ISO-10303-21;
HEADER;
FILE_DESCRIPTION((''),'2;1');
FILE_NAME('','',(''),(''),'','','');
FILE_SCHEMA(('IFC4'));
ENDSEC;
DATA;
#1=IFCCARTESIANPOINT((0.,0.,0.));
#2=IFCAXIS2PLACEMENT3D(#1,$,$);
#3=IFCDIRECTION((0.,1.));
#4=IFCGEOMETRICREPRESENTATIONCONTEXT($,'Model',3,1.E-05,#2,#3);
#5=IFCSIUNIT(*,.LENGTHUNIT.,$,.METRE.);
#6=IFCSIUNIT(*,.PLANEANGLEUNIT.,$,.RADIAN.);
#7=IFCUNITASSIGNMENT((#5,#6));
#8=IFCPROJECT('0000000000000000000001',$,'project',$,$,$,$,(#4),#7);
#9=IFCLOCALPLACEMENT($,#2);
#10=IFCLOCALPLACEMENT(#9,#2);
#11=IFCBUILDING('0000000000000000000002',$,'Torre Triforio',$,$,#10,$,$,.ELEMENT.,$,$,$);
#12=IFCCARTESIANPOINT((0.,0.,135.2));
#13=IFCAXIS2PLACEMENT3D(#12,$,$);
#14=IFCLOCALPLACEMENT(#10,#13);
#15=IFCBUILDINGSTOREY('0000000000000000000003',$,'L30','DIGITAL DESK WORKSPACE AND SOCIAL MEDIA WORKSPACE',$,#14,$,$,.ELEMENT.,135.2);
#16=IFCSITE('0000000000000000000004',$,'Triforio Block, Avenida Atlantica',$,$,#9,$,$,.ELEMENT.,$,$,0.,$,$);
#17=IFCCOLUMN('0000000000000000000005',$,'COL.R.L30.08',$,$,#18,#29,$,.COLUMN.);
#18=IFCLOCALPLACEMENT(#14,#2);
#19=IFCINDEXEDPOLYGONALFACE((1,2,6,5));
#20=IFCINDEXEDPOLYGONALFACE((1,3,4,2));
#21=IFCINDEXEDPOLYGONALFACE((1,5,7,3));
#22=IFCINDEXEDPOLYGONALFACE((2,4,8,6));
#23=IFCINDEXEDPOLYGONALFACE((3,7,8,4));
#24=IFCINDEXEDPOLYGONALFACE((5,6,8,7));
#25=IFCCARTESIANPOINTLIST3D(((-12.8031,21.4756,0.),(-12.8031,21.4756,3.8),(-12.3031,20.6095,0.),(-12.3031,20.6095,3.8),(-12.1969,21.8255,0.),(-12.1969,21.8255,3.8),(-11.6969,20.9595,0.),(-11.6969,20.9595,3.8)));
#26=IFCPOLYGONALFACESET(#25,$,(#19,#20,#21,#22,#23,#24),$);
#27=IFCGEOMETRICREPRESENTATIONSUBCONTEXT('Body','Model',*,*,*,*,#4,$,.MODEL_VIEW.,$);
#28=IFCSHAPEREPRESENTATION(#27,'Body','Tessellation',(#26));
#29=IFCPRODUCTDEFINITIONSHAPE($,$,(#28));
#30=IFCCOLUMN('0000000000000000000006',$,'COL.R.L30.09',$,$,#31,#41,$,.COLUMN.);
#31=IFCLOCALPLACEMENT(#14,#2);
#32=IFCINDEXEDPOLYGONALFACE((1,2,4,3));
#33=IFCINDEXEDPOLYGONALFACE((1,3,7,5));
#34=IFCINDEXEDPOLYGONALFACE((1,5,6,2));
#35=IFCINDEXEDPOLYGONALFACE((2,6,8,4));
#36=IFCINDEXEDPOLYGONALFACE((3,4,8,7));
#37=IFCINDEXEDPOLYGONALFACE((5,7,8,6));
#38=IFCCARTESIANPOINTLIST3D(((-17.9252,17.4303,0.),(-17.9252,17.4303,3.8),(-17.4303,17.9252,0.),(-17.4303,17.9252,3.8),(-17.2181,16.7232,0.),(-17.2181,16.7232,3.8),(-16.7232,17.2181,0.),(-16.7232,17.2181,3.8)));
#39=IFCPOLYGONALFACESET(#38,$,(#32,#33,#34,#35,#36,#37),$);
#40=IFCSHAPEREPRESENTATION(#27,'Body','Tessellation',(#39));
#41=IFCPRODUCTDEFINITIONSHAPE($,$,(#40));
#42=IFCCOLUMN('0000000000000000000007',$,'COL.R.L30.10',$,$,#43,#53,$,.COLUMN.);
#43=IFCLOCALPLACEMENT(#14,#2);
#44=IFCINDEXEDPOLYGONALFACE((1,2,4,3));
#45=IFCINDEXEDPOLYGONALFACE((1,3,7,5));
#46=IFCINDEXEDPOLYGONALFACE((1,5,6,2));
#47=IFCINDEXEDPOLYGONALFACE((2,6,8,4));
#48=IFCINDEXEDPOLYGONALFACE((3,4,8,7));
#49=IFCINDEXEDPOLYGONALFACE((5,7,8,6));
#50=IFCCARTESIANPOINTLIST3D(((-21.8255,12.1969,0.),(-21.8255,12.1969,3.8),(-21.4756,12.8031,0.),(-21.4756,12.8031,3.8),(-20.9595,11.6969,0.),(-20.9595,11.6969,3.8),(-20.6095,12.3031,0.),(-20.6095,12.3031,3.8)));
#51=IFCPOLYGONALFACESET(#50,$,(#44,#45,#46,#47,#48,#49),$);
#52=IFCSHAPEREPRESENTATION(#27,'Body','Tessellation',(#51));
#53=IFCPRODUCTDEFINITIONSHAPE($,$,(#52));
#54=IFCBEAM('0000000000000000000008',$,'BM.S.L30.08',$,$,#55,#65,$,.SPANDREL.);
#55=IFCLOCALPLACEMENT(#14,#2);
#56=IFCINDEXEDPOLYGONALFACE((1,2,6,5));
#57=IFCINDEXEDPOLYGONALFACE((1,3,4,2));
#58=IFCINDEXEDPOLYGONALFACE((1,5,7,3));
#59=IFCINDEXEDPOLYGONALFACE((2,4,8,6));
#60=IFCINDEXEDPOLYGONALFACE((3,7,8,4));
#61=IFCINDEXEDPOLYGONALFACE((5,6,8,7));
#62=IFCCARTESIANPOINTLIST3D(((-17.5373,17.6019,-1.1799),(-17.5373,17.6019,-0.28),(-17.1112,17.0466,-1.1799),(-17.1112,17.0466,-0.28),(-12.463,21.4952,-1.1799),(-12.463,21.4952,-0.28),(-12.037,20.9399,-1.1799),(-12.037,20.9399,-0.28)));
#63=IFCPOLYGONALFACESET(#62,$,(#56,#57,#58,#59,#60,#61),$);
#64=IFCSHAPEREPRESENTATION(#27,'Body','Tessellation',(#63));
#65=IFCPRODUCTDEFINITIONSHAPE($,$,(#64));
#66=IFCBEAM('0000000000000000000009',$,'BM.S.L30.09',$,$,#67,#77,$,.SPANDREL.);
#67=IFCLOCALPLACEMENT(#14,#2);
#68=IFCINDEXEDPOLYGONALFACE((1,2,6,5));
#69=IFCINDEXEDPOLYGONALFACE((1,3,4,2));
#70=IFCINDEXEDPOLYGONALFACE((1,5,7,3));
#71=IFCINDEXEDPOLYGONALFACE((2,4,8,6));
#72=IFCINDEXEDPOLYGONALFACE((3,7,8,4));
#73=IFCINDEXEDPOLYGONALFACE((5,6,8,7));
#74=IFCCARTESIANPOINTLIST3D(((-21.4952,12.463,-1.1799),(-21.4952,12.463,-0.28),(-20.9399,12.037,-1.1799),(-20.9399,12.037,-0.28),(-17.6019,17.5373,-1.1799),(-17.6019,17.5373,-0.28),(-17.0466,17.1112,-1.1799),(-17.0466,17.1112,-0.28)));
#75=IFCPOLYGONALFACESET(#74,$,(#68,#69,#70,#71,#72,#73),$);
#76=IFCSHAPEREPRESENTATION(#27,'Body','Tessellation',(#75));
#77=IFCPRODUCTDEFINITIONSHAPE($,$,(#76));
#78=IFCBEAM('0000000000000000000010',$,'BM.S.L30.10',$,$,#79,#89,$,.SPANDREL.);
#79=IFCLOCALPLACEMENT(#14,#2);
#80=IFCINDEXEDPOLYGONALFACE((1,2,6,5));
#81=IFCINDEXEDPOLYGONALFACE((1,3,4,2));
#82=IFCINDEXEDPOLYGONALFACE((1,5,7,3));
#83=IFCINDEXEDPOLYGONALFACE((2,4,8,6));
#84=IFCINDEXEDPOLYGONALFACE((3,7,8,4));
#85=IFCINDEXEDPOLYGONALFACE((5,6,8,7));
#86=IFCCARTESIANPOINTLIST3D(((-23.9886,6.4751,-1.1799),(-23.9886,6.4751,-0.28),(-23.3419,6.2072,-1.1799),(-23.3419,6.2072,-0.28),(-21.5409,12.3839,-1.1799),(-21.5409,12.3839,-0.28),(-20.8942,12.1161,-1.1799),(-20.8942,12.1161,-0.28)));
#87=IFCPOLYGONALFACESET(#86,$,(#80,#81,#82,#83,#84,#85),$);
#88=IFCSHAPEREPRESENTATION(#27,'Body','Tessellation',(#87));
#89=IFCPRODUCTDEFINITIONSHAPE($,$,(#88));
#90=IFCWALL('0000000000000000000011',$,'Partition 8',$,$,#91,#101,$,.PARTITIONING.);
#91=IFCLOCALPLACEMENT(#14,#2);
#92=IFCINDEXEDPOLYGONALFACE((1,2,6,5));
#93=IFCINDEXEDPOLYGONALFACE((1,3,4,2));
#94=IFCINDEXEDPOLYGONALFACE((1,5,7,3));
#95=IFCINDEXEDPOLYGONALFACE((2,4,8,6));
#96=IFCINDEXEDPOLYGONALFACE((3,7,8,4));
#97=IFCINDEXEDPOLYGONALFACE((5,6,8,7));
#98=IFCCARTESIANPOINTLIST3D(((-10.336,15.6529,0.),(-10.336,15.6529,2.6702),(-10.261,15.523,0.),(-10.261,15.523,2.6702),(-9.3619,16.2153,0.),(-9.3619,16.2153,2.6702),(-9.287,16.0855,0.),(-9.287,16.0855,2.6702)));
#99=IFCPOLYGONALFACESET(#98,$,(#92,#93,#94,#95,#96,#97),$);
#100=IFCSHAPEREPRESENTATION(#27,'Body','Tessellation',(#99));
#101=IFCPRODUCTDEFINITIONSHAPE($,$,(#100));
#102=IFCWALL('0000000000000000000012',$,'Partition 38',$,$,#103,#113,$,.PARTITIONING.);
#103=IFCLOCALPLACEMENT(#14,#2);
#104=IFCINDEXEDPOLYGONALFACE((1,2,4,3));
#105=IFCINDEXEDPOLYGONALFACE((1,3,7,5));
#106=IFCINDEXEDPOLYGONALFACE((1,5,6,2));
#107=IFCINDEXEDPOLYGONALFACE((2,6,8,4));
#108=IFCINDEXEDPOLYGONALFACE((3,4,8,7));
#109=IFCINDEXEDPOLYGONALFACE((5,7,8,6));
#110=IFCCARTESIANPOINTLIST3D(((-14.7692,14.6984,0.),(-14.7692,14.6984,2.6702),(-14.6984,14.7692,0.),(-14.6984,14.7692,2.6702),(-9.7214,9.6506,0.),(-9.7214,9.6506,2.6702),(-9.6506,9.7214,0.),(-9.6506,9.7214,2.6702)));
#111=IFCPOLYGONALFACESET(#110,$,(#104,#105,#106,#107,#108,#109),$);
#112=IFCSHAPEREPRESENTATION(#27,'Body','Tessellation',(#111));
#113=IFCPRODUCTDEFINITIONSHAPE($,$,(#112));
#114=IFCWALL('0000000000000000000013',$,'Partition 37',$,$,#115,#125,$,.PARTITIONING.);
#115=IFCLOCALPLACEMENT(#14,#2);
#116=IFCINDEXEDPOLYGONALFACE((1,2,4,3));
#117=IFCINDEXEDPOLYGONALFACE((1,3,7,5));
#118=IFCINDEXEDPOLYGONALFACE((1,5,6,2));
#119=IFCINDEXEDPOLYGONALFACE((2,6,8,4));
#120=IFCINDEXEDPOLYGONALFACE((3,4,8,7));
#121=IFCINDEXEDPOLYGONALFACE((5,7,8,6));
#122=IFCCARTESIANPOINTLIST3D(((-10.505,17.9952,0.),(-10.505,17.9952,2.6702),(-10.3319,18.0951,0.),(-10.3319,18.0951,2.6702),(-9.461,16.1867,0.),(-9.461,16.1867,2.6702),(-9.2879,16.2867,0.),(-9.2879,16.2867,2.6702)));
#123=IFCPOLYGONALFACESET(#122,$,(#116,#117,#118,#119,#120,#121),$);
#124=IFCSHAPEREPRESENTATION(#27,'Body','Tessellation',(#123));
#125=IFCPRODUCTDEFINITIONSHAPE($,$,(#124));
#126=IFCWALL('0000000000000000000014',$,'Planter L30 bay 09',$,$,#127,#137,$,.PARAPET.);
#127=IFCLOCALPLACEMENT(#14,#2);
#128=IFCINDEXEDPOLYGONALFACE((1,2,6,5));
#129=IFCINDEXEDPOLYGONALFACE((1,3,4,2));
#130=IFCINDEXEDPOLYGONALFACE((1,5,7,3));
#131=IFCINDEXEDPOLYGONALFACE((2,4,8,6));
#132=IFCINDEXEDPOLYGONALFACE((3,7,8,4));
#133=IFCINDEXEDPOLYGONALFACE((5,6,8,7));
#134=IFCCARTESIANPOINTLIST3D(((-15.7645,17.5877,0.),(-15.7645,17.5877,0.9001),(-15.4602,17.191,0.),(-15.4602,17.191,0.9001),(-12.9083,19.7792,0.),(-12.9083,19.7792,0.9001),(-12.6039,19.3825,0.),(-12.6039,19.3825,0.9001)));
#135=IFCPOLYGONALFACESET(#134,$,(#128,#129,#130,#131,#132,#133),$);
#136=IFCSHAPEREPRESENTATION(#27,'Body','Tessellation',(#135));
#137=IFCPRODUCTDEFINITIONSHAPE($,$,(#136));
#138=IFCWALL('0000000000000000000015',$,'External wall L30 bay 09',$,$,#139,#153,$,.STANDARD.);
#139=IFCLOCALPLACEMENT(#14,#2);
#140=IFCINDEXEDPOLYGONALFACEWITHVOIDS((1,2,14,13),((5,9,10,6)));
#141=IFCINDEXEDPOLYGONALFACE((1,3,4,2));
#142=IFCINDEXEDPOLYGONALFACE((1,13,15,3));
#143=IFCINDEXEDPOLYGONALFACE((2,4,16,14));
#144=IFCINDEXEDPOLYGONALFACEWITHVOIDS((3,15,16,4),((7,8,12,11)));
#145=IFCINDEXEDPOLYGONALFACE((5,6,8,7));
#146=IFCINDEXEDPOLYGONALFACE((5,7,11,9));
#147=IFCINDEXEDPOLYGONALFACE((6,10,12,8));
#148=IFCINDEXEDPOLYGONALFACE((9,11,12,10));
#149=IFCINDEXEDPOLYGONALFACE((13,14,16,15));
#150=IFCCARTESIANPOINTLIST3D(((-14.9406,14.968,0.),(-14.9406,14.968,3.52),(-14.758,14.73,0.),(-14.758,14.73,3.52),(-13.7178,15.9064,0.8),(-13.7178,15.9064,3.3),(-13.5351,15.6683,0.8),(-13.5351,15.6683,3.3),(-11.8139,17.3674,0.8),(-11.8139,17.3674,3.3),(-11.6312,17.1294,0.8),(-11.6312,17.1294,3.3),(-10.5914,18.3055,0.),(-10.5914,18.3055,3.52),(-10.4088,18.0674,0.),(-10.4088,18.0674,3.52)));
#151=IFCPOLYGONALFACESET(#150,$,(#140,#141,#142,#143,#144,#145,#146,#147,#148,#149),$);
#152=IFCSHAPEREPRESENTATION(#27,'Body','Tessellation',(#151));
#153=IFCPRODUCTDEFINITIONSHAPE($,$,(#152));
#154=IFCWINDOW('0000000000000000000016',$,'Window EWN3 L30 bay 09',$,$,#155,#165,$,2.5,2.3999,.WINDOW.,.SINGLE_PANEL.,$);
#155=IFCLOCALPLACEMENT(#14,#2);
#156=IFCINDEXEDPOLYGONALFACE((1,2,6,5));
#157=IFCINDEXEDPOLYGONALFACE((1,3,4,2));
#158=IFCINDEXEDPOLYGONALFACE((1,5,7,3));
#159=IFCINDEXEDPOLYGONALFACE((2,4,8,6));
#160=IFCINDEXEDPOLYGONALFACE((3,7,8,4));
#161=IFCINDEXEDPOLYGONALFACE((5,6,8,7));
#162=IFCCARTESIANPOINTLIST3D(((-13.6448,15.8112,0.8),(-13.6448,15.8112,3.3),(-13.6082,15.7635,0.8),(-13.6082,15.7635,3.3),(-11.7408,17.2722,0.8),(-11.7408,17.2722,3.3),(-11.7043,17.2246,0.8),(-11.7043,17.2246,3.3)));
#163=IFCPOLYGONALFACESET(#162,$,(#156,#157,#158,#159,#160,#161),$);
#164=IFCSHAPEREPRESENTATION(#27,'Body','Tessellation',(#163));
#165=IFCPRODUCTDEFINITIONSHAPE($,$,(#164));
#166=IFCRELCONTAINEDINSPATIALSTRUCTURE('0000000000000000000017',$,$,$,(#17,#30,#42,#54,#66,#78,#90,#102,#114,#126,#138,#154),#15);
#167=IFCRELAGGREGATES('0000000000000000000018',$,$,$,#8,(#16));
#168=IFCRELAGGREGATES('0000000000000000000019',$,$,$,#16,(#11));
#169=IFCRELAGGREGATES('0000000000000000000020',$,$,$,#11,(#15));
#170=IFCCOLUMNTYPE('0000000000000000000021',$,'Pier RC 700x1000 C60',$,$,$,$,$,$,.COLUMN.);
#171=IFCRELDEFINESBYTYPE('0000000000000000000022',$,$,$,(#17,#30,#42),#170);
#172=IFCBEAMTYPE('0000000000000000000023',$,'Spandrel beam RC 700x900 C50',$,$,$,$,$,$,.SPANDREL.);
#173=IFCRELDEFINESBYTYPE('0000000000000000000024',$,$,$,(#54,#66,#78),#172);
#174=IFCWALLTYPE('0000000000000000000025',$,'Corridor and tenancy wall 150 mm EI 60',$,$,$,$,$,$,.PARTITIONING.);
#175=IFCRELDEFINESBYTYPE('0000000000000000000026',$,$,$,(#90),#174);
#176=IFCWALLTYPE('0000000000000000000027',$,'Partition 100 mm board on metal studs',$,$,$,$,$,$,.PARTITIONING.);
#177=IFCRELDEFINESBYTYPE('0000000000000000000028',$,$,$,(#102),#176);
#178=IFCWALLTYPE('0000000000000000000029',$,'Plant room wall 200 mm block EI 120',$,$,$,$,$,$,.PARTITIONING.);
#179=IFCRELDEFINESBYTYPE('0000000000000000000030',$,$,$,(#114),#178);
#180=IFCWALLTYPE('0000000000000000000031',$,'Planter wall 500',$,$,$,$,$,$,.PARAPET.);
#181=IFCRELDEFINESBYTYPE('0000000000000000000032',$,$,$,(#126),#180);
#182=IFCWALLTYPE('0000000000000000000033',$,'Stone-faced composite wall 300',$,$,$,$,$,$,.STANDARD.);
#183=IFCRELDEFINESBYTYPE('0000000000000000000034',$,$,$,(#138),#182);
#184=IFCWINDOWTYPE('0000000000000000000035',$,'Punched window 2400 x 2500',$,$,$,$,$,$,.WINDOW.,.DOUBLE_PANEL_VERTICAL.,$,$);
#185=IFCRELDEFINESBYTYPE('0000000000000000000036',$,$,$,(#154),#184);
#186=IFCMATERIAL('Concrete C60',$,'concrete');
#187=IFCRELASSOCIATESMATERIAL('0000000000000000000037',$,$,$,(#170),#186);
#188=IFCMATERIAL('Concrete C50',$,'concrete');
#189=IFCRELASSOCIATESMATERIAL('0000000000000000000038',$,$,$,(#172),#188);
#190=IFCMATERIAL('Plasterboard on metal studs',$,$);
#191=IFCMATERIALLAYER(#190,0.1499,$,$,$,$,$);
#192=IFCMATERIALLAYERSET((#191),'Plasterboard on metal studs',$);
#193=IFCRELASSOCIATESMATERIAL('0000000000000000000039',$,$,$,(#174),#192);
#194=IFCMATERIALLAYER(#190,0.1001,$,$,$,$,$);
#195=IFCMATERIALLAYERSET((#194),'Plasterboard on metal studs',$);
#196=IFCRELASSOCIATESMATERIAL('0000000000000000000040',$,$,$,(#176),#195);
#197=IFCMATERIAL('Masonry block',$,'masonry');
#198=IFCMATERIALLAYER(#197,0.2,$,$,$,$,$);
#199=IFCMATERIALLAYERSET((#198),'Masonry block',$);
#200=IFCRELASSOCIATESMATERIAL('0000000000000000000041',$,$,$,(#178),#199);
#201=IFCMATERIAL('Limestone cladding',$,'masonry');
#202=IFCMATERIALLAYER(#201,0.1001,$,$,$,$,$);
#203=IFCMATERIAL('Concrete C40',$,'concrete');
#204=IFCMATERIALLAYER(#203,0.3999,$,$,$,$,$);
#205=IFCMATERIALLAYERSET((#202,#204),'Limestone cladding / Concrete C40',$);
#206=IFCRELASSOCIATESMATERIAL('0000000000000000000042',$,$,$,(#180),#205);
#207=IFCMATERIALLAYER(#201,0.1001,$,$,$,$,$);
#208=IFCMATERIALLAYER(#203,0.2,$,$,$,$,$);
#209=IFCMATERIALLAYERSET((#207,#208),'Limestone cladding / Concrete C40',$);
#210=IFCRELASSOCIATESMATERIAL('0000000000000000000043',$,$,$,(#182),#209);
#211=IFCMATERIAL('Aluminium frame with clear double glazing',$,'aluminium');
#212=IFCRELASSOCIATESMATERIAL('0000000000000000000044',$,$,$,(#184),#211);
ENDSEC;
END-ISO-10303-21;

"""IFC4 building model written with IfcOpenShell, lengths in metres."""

from ifc_helpers import new_model, si_unit, direction, frame, frame_2d, origin, origin_2d, place, context, subcontext, project, spatial, rectangle, extrude, material, layer, layer_set, material_profile, profile_set, type_object, element, fill, save


model = new_model("IFC4")

# Units and contexts
model_context = context("Model", 3, precision=1e-05, world=origin(), true_north=direction((0.0, 1.0)))
body_context = subcontext(model_context, "Body", "Model", "MODEL_VIEW")
ifc_project = project(units=[si_unit("LENGTHUNIT", "METRE"), si_unit("PLANEANGLEUNIT", "RADIAN")], contexts=[model_context])

# Site, building, storey
site_placement = place(None, origin())
site = spatial("IfcSite", under=ifc_project, at=site_placement, Name="Triforio Block, Avenida Atlantica", CompositionType="ELEMENT", RefElevation=0.0)
building_placement = place(site_placement, origin())
building = spatial("IfcBuilding", under=site, at=building_placement, Name="Torre Triforio", CompositionType="ELEMENT")
storey_placement = place(building_placement, frame((0.0, 0.0, 135.2)))
storey = spatial("IfcBuildingStorey", under=building, at=storey_placement, Name="L30", Description="DIGITAL DESK WORKSPACE AND SOCIAL MEDIA WORKSPACE", CompositionType="ELEMENT", Elevation=135.2)

# Columns
ifc_material_1 = material(Name="Concrete C60", Category="concrete")
ifc_material_profile_1 = material_profile(ifc_material_1, rectangle(XDim=0.7, YDim=1.0, at=origin_2d()), Name="RC 700x1000")
ifc_profile_set_1 = profile_set([ifc_material_profile_1], Name="Concrete C60")
column_type = type_object("IfcColumnType", Name="Pier RC 700x1000 C60", PredefinedType="COLUMN", material=ifc_profile_set_1)
for number, where, z_axis, x_axis, name in (
    (1, (-12.25, 21.2175, 0.0), (0.0, 0.0, 1.0), (-0.866025, -0.5, 0.0), "COL.R.L30.08"),
    (2, (-17.3242, 17.3242, 0.0), (0.0, 0.0, 1.0), (-0.707107, -0.707107, 0.0), "COL.R.L30.09"),
    (3, (-21.2175, 12.25, 0.0), (0.0, 0.0, 1.0), (-0.5, -0.866025, 0.0), "COL.R.L30.10"),
):
    element("IfcColumn", number, at=place(storey_placement, frame(where, z_axis=z_axis, x_axis=x_axis)), inside=storey, type_object=column_type, Name=name, PredefinedType="COLUMN", context=body_context, shape_type="SweptSolid", body=[
        extrude(rectangle(XDim=0.7, YDim=1.0, at=origin_2d()), origin(), (0.0, 0.0, 1.0), 3.8),
    ])

# Beams
ifc_material_2 = material(Name="Concrete C50", Category="concrete")
ifc_material_profile_2 = material_profile(ifc_material_2, rectangle(XDim=0.7, YDim=0.8999, at=origin_2d()), Name="RC 700x900")
ifc_profile_set_2 = profile_set([ifc_material_profile_2], Name="Concrete C50")
beam_type = type_object("IfcBeamType", Name="Spandrel beam RC 700x900 C50", PredefinedType="SPANDREL", material=ifc_profile_set_2)
for number, where, z_axis, x_axis, name in (
    (4, (-12.25, 21.2175, -0.73), (-0.793374, -0.608734, 0.0), (0.608734, -0.793374, 0.0), "BM.S.L30.08"),
    (5, (-17.3242, 17.3242, -0.73), (-0.608734, -0.793374, 0.0), (0.793374, -0.608734, 0.0), "BM.S.L30.09"),
    (6, (-21.2175, 12.25, -0.73), (-0.382709, -0.923869, 0.0), (0.923869, -0.382709, 0.0), "BM.S.L30.10"),
):
    element("IfcBeam", number, at=place(storey_placement, frame(where, z_axis=z_axis, x_axis=x_axis)), inside=storey, type_object=beam_type, Name=name, PredefinedType="SPANDREL", context=body_context, shape_type="SweptSolid", body=[
        extrude(rectangle(XDim=0.7, YDim=0.8999, at=origin_2d()), origin(), (0.0, 0.0, 1.0), 6.3958),
    ])

# Walls
ifc_material_3 = material(Name="Plasterboard on metal studs")
ifc_layer_1 = layer(ifc_material_3, 0.1499)
ifc_layer_set_1 = layer_set([ifc_layer_1], Name="Plasterboard on metal studs")
wall_type_1 = type_object("IfcWallType", Name="Corridor and tenancy wall 150 mm EI 60", PredefinedType="PARTITIONING", material=ifc_layer_set_1)
wall_1_placement = place(storey_placement, frame((-10.2986, 15.5879, 0.0), z_axis=(0.0, 0.0, 1.0), x_axis=(0.86599, 0.500061, 0.0)))
element("IfcWall", 7, at=wall_1_placement, inside=storey, type_object=wall_type_1, Name="Partition 8", PredefinedType="PARTITIONING", context=body_context, shape_type="SweptSolid", body=[
    extrude(rectangle(XDim=1.1248, YDim=0.1499, at=frame_2d((0.5625, 0.0))), origin(), (0.0, 0.0, 1.0), 2.6702),
])
ifc_layer_2 = layer(ifc_material_3, 0.1001)
ifc_layer_set_2 = layer_set([ifc_layer_2], Name="Plasterboard on metal studs")
wall_type_2 = type_object("IfcWallType", Name="Partition 100 mm board on metal studs", PredefinedType="PARTITIONING", material=ifc_layer_set_2)
wall_2_placement = place(storey_placement, frame((-9.686, 9.686, 0.0), z_axis=(0.0, 0.0, 1.0), x_axis=(-0.707107, 0.707107, 0.0)))
element("IfcWall", 8, at=wall_2_placement, inside=storey, type_object=wall_type_2, Name="Partition 38", PredefinedType="PARTITIONING", context=body_context, shape_type="SweptSolid", body=[
    extrude(rectangle(XDim=7.1387, YDim=0.1001, at=frame_2d((3.5693, 0.0))), origin(), (0.0, 0.0, 1.0), 2.6702),
])
ifc_material_4 = material(Name="Masonry block", Category="masonry")
ifc_layer_3 = layer(ifc_material_4, 0.2)
ifc_layer_set_3 = layer_set([ifc_layer_3], Name="Masonry block")
wall_type_3 = type_object("IfcWallType", Name="Plant room wall 200 mm block EI 120", PredefinedType="PARTITIONING", material=ifc_layer_set_3)
wall_3_placement = place(storey_placement, frame((-9.3745, 16.2368, 0.0), z_axis=(0.0, 0.0, 1.0), x_axis=(-0.499962, 0.866047, 0.0)))
element("IfcWall", 9, at=wall_3_placement, inside=storey, type_object=wall_type_3, Name="Partition 37", PredefinedType="PARTITIONING", context=body_context, shape_type="SweptSolid", body=[
    extrude(rectangle(XDim=2.0881, YDim=0.2, at=frame_2d((1.0439, 0.0))), origin(), (0.0, 0.0, 1.0), 2.6702),
])
ifc_material_5 = material(Name="Limestone cladding", Category="masonry")
ifc_layer_4 = layer(ifc_material_5, 0.1001)
ifc_material_6 = material(Name="Concrete C40", Category="concrete")
ifc_layer_5 = layer(ifc_material_6, 0.3999)
ifc_layer_set_4 = layer_set([ifc_layer_4, ifc_layer_5], Name="Limestone cladding / Concrete C40")
wall_type_4 = type_object("IfcWallType", Name="Planter wall 500", PredefinedType="PARAPET", material=ifc_layer_set_4)
wall_4_placement = place(storey_placement, frame((-12.7561, 19.5808, 0.0), z_axis=(0.0, 0.0, 1.0), x_axis=(-0.793385, -0.608721, 0.0)))
element("IfcWall", 10, at=wall_4_placement, inside=storey, type_object=wall_type_4, Name="Planter L30 bay 09", PredefinedType="PARAPET", context=body_context, shape_type="SweptSolid", body=[
    extrude(rectangle(XDim=3.6001, YDim=0.5, at=frame_2d((1.8, 0.0))), origin(), (0.0, 0.0, 1.0), 0.9001),
])

# Wall, opening, window
ifc_layer_6 = layer(ifc_material_5, 0.1001)
ifc_layer_7 = layer(ifc_material_6, 0.2)
ifc_layer_set_5 = layer_set([ifc_layer_6, ifc_layer_7], Name="Limestone cladding / Concrete C40")
wall_type_5 = type_object("IfcWallType", Name="Stone-faced composite wall 300", PredefinedType="STANDARD", material=ifc_layer_set_5)
wall_5_placement = place(storey_placement, frame((-10.5, 18.1865, 0.0), z_axis=(0.0, 0.0, 1.0), x_axis=(-0.793335, -0.608785, 0.0)))
wall_5 = element("IfcWall", 11, at=wall_5_placement, inside=storey, type_object=wall_type_5, Name="External wall L30 bay 09", PredefinedType="STANDARD", context=body_context, shape_type="SweptSolid", body=[
    extrude(rectangle(XDim=5.4822, YDim=0.3, at=frame_2d((2.7412, 0.0))), origin(), (0.0, 0.0, 1.0), 3.52),
])
opening_1_placement = place(wall_5_placement, frame((1.541, 0.0, 0.8)))
opening_1 = element("IfcOpeningElement", 12, at=opening_1_placement, cuts=wall_5, PredefinedType="OPENING", context=body_context, shape_type="SweptSolid", body=[
    extrude(rectangle(XDim=2.3999, YDim=2.5, at=frame_2d((1.2, 1.25))), frame((0.0, 0.1599, 0.0), z_axis=(0.0, -1.0, 0.0), x_axis=(1.0, 0.0, 0.0)), (0.0, 0.0, 1.0), 0.3201),
])
ifc_material_7 = material(Name="Aluminium frame with clear double glazing", Category="aluminium")
window_type_1 = type_object("IfcWindowType", Name="Punched window 2400 x 2500", PartitioningType="DOUBLE_PANEL_VERTICAL", PredefinedType="WINDOW", material=ifc_material_7)
window_1_placement = place(opening_1_placement, origin())
window_1 = element("IfcWindow", 13, at=window_1_placement, inside=storey, type_object=window_type_1, Name="Window EWN3 L30 bay 09", OverallHeight=2.5, OverallWidth=2.3999, PartitioningType="SINGLE_PANEL", PredefinedType="WINDOW", context=body_context, shape_type="SweptSolid", body=[
    extrude(rectangle(XDim=2.3999, YDim=2.5, at=frame_2d((1.2, 1.25))), frame((0.0, 0.03, 0.0), z_axis=(0.0, -1.0, 0.0), x_axis=(1.0, 0.0, 0.0)), (0.0, 0.0, 1.0), 0.0601),
])
fill(opening_1, window_1)

save(model, "model.ifc")
